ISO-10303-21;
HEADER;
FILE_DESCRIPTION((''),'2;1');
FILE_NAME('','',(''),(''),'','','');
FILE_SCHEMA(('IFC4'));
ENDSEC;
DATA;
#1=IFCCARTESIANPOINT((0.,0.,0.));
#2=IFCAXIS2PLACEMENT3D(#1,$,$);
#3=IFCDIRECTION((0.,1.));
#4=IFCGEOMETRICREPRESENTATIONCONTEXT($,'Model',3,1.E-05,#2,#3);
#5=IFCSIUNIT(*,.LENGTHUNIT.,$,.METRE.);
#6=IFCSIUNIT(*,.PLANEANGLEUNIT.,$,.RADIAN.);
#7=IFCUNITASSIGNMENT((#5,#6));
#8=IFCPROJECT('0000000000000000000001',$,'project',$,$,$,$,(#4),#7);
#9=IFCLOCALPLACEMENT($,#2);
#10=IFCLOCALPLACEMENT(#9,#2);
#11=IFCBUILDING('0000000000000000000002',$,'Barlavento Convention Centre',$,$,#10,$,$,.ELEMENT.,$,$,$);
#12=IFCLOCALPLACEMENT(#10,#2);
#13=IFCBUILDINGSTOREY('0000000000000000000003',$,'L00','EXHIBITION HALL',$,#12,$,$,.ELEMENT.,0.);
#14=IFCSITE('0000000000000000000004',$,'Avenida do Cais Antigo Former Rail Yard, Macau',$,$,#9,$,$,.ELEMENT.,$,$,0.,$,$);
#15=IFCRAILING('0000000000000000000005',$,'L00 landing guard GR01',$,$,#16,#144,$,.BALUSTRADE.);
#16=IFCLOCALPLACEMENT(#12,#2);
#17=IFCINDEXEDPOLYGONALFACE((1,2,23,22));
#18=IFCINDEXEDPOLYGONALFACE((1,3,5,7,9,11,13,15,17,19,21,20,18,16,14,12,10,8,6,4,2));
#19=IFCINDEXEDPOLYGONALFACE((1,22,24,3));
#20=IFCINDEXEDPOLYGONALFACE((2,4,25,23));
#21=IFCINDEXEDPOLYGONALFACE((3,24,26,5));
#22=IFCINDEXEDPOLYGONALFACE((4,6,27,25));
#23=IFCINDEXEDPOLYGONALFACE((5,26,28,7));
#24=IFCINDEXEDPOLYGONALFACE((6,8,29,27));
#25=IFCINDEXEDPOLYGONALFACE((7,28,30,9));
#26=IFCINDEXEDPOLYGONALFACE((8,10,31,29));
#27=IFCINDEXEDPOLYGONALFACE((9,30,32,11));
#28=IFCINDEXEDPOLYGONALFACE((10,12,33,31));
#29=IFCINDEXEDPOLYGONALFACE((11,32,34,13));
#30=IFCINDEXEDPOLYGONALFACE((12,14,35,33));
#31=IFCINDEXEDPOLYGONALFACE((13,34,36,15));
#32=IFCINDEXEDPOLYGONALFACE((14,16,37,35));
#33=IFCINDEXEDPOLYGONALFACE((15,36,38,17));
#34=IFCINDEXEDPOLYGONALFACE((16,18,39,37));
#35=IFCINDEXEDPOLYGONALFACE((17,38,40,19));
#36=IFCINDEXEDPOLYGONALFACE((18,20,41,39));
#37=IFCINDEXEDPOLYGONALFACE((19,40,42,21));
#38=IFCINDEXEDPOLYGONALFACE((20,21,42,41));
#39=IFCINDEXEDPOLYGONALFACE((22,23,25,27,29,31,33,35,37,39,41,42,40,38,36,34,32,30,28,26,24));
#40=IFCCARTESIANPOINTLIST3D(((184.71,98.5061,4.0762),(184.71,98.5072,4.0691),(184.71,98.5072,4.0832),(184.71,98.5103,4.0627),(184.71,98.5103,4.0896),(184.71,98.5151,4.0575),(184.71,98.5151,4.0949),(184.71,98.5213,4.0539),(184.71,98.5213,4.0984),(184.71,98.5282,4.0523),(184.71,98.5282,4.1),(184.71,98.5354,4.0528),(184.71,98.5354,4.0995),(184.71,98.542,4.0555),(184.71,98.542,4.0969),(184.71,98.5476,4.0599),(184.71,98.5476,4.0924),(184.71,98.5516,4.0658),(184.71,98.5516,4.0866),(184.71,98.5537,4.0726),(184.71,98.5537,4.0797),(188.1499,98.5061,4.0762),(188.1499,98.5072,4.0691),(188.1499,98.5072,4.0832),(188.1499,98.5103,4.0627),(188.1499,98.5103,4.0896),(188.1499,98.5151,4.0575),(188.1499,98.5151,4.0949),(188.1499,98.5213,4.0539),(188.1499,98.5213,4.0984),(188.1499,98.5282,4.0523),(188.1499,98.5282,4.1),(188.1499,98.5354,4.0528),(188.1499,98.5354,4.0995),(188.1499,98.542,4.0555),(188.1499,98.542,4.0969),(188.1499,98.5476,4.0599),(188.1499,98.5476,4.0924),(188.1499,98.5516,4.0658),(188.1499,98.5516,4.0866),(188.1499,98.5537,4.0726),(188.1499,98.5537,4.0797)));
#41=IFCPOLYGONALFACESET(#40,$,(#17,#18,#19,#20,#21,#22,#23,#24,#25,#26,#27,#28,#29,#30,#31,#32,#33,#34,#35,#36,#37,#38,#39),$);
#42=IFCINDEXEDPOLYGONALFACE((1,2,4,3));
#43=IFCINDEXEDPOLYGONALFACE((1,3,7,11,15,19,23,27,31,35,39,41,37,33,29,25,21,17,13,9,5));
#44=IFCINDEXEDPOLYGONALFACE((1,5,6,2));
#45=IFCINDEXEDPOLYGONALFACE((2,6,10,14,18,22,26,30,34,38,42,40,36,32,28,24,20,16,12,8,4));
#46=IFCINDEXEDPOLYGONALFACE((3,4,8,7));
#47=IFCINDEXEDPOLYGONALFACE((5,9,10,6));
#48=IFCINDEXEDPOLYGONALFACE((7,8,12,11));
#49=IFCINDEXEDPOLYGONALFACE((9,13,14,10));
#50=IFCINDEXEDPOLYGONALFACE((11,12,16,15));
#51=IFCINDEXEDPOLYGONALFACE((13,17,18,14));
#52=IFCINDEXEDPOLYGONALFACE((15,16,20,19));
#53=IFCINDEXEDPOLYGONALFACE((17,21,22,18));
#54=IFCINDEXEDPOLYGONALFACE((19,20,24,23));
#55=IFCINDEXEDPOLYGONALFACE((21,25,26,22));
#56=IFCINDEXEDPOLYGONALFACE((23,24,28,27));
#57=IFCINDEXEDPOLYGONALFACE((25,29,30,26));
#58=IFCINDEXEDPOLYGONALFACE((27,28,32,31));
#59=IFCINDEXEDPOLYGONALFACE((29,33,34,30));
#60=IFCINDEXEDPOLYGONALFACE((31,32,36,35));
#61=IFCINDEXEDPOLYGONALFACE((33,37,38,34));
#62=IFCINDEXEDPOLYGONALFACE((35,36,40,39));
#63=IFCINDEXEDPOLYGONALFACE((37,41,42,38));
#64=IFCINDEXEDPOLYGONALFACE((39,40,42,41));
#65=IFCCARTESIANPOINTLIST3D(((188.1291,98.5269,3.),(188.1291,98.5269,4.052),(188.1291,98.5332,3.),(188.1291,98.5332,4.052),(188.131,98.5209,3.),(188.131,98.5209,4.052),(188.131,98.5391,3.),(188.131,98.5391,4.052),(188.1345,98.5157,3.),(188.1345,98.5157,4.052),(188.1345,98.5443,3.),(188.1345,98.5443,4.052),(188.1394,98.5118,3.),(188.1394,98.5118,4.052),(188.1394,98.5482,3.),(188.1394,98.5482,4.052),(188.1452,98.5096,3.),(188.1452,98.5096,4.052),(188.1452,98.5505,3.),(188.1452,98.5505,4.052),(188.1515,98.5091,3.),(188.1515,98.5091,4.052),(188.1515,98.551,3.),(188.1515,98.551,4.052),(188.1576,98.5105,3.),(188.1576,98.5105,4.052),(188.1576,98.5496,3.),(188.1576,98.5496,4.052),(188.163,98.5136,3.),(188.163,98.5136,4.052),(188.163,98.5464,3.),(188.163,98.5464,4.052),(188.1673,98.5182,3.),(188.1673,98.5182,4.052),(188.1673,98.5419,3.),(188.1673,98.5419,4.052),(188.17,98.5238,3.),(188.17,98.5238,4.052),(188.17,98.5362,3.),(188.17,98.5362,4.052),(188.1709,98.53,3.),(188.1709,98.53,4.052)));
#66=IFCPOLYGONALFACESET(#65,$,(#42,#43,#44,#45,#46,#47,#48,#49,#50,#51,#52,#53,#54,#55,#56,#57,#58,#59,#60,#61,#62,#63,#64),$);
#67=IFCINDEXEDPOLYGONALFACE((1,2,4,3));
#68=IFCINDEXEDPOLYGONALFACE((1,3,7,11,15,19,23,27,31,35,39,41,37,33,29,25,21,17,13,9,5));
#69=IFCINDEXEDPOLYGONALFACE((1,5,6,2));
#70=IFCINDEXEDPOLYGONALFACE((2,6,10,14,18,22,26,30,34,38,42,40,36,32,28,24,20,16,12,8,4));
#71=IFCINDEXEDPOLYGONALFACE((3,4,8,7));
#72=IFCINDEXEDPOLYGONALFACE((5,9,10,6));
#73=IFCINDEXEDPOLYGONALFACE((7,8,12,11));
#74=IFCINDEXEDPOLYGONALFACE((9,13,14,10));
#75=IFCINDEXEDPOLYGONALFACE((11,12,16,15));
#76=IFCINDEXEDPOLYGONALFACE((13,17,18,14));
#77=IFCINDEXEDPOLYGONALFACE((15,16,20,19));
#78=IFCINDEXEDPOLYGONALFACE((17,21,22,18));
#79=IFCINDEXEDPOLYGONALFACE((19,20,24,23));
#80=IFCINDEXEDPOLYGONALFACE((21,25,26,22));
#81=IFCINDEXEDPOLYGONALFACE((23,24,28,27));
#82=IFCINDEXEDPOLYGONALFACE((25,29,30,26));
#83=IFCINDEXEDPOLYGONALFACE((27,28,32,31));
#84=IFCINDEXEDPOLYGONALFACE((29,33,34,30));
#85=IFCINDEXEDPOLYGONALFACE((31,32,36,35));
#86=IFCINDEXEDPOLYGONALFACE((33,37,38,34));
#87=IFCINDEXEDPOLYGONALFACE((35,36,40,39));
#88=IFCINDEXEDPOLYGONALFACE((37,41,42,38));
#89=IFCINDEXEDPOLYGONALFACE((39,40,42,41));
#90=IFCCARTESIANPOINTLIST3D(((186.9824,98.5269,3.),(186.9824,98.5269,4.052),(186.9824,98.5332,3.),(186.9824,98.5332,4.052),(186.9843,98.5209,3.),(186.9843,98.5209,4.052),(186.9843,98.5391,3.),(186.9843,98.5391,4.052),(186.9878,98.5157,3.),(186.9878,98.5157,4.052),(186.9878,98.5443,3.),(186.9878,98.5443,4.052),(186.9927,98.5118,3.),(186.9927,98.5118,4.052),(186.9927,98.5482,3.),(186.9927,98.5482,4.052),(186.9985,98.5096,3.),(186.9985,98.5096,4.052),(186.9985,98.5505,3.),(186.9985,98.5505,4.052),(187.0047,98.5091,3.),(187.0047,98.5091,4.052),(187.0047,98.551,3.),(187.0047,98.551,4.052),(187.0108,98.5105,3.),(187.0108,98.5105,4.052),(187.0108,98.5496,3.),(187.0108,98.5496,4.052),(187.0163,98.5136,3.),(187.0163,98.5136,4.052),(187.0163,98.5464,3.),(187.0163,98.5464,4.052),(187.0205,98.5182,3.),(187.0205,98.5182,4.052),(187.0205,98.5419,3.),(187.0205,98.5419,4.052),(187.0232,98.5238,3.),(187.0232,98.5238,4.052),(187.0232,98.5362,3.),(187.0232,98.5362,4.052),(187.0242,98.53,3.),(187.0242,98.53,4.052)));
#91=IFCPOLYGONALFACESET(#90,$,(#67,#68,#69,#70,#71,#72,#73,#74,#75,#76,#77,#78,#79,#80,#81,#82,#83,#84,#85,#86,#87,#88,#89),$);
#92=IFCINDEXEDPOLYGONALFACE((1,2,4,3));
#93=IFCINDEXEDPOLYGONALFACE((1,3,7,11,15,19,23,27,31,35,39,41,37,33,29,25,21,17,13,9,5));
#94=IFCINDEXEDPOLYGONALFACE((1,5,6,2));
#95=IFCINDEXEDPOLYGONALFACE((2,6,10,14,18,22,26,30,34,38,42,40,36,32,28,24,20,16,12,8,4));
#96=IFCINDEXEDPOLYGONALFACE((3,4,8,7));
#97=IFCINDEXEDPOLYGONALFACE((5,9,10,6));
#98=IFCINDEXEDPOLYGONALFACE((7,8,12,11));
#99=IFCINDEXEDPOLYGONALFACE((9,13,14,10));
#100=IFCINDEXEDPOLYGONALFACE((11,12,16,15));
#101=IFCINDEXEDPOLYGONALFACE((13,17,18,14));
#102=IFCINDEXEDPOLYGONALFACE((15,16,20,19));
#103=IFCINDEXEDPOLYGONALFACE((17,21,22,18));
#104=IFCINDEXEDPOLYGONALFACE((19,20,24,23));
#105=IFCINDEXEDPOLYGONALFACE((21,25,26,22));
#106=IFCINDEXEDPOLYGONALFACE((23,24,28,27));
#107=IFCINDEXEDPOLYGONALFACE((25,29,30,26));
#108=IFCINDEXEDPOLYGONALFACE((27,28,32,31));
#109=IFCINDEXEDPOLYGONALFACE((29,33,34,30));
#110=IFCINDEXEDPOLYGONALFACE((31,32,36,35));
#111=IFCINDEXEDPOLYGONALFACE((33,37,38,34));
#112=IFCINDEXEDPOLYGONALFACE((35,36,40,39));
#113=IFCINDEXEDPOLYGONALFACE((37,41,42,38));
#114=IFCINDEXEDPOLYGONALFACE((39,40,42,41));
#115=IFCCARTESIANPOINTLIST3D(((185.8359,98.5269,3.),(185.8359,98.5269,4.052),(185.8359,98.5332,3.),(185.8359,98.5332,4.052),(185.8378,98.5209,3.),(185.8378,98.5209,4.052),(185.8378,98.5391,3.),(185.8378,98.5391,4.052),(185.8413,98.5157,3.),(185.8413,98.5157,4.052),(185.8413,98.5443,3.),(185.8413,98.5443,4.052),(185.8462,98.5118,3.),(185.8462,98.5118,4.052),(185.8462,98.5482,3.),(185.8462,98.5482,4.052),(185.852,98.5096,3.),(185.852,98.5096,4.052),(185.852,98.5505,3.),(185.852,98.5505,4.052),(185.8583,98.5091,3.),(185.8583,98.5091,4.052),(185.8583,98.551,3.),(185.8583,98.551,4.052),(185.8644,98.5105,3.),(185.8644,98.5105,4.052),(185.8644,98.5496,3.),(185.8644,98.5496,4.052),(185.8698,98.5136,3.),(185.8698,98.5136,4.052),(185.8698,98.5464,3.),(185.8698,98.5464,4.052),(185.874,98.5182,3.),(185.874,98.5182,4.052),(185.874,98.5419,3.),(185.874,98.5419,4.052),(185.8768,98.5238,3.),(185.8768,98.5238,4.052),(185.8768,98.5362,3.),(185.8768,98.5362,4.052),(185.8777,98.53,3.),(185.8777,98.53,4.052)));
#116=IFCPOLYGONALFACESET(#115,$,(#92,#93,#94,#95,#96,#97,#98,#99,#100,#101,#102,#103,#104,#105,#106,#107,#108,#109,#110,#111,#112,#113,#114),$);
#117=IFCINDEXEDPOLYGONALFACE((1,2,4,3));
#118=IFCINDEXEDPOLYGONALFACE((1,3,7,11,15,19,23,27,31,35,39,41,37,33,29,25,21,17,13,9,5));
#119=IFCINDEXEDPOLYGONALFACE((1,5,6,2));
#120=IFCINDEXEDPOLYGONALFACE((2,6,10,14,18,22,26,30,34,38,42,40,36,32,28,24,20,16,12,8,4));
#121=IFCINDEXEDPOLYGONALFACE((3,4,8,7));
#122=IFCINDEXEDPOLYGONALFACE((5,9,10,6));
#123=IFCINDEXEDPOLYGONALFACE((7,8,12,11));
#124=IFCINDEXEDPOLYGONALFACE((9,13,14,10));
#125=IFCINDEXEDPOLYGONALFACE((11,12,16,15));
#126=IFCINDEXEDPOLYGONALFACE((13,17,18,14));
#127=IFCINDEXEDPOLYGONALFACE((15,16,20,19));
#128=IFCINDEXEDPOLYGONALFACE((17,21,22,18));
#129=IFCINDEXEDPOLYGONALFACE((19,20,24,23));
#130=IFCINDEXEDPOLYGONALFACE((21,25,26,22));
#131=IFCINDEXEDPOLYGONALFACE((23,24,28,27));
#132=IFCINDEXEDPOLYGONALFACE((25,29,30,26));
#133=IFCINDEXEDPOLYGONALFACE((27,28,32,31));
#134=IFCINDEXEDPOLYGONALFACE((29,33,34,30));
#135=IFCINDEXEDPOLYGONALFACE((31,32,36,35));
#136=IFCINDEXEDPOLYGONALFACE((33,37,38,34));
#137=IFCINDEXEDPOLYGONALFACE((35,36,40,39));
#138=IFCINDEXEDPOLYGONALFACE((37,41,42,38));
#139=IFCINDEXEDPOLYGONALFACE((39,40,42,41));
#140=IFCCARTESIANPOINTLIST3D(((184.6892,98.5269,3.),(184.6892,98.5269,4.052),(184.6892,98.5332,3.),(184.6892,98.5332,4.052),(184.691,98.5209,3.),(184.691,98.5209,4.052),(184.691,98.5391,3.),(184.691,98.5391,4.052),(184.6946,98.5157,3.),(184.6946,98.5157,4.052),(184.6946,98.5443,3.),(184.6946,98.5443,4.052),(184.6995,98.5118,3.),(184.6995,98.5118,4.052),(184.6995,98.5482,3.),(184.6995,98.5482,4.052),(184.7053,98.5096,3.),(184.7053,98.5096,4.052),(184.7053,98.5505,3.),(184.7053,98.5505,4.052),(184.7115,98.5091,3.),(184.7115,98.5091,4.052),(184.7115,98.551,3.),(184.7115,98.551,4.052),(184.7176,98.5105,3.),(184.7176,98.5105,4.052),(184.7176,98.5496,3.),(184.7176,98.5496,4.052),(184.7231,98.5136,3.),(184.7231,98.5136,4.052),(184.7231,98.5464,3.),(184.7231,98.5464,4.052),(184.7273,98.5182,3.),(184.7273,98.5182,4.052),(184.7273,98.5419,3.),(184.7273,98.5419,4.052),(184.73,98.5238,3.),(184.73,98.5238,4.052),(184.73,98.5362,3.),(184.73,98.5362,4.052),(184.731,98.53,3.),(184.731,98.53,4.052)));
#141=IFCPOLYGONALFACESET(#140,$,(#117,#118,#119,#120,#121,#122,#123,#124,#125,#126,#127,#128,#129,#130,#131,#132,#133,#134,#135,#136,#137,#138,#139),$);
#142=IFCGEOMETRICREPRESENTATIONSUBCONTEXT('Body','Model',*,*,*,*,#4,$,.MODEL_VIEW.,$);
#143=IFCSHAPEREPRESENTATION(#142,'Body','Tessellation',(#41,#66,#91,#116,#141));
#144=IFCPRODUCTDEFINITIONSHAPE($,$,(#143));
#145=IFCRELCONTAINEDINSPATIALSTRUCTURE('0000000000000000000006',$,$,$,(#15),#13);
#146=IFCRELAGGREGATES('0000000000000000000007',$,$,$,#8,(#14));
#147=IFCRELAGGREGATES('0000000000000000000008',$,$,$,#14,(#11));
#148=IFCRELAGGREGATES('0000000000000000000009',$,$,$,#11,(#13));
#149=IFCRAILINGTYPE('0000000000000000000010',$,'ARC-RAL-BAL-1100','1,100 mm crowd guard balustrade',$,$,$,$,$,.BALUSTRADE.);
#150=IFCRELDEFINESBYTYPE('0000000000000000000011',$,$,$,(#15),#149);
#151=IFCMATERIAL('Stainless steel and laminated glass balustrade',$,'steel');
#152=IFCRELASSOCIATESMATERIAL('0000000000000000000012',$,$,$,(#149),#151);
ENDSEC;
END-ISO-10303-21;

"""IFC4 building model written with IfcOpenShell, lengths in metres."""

from ifc_helpers import new_model, si_unit, direction, frame, origin, origin_2d, place, context, subcontext, project, spatial, circle, extrude, material, type_object, element, save


model = new_model("IFC4")

# Units and contexts
model_context = context("Model", 3, precision=1e-05, world=origin(), true_north=direction((0.0, 1.0)))
body_context = subcontext(model_context, "Body", "Model", "MODEL_VIEW")
ifc_project = project(units=[si_unit("LENGTHUNIT", "METRE"), si_unit("PLANEANGLEUNIT", "RADIAN")], contexts=[model_context])

# Site, building, storey
site_placement = place(None, origin())
site = spatial("IfcSite", under=ifc_project, at=site_placement, Name="Avenida do Cais Antigo Former Rail Yard, Macau", CompositionType="ELEMENT", RefElevation=0.0)
building_placement = place(site_placement, origin())
building = spatial("IfcBuilding", under=site, at=building_placement, Name="Barlavento Convention Centre", CompositionType="ELEMENT")
storey_placement = place(building_placement, origin())
storey = spatial("IfcBuildingStorey", under=building, at=storey_placement, Name="L00", Description="EXHIBITION HALL", CompositionType="ELEMENT", Elevation=0.0)

# Railing
ifc_material_1 = material(Name="Stainless steel and laminated glass balustrade", Category="steel")
railing_type_1 = type_object("IfcRailingType", Name="ARC-RAL-BAL-1100", Description="1,100 mm crowd guard balustrade", PredefinedType="BALUSTRADE", material=ifc_material_1)
railing_1_placement = place(storey_placement, frame((188.1499, 98.53, 3.0)))
element("IfcRailing", 1, at=railing_1_placement, inside=storey, type_object=railing_type_1, Name="L00 landing guard GR01", PredefinedType="BALUSTRADE", context=body_context, shape_type="SweptSolid", body=[
    extrude(circle(Radius=0.0239, at=origin_2d()), frame((0.0, 0.0, 1.0762), z_axis=(-1.0, 0.0, 0.0), x_axis=(0.0, -1.0, 0.0)), (0.0, 0.0, 1.0), 3.4399),
    extrude(circle(Radius=0.021, at=origin_2d()), origin(), (0.0, 0.0, 1.0), 1.052),
    extrude(circle(Radius=0.021, at=origin_2d()), frame((-1.1467, 0.0, 0.0)), (0.0, 0.0, 1.0), 1.052),
    extrude(circle(Radius=0.021, at=origin_2d()), frame((-2.2932, 0.0, 0.0)), (0.0, 0.0, 1.0), 1.052),
    extrude(circle(Radius=0.021, at=origin_2d()), frame((-3.4399, 0.0, 0.0)), (0.0, 0.0, 1.0), 1.052),
])

save(model, "model.ifc")
